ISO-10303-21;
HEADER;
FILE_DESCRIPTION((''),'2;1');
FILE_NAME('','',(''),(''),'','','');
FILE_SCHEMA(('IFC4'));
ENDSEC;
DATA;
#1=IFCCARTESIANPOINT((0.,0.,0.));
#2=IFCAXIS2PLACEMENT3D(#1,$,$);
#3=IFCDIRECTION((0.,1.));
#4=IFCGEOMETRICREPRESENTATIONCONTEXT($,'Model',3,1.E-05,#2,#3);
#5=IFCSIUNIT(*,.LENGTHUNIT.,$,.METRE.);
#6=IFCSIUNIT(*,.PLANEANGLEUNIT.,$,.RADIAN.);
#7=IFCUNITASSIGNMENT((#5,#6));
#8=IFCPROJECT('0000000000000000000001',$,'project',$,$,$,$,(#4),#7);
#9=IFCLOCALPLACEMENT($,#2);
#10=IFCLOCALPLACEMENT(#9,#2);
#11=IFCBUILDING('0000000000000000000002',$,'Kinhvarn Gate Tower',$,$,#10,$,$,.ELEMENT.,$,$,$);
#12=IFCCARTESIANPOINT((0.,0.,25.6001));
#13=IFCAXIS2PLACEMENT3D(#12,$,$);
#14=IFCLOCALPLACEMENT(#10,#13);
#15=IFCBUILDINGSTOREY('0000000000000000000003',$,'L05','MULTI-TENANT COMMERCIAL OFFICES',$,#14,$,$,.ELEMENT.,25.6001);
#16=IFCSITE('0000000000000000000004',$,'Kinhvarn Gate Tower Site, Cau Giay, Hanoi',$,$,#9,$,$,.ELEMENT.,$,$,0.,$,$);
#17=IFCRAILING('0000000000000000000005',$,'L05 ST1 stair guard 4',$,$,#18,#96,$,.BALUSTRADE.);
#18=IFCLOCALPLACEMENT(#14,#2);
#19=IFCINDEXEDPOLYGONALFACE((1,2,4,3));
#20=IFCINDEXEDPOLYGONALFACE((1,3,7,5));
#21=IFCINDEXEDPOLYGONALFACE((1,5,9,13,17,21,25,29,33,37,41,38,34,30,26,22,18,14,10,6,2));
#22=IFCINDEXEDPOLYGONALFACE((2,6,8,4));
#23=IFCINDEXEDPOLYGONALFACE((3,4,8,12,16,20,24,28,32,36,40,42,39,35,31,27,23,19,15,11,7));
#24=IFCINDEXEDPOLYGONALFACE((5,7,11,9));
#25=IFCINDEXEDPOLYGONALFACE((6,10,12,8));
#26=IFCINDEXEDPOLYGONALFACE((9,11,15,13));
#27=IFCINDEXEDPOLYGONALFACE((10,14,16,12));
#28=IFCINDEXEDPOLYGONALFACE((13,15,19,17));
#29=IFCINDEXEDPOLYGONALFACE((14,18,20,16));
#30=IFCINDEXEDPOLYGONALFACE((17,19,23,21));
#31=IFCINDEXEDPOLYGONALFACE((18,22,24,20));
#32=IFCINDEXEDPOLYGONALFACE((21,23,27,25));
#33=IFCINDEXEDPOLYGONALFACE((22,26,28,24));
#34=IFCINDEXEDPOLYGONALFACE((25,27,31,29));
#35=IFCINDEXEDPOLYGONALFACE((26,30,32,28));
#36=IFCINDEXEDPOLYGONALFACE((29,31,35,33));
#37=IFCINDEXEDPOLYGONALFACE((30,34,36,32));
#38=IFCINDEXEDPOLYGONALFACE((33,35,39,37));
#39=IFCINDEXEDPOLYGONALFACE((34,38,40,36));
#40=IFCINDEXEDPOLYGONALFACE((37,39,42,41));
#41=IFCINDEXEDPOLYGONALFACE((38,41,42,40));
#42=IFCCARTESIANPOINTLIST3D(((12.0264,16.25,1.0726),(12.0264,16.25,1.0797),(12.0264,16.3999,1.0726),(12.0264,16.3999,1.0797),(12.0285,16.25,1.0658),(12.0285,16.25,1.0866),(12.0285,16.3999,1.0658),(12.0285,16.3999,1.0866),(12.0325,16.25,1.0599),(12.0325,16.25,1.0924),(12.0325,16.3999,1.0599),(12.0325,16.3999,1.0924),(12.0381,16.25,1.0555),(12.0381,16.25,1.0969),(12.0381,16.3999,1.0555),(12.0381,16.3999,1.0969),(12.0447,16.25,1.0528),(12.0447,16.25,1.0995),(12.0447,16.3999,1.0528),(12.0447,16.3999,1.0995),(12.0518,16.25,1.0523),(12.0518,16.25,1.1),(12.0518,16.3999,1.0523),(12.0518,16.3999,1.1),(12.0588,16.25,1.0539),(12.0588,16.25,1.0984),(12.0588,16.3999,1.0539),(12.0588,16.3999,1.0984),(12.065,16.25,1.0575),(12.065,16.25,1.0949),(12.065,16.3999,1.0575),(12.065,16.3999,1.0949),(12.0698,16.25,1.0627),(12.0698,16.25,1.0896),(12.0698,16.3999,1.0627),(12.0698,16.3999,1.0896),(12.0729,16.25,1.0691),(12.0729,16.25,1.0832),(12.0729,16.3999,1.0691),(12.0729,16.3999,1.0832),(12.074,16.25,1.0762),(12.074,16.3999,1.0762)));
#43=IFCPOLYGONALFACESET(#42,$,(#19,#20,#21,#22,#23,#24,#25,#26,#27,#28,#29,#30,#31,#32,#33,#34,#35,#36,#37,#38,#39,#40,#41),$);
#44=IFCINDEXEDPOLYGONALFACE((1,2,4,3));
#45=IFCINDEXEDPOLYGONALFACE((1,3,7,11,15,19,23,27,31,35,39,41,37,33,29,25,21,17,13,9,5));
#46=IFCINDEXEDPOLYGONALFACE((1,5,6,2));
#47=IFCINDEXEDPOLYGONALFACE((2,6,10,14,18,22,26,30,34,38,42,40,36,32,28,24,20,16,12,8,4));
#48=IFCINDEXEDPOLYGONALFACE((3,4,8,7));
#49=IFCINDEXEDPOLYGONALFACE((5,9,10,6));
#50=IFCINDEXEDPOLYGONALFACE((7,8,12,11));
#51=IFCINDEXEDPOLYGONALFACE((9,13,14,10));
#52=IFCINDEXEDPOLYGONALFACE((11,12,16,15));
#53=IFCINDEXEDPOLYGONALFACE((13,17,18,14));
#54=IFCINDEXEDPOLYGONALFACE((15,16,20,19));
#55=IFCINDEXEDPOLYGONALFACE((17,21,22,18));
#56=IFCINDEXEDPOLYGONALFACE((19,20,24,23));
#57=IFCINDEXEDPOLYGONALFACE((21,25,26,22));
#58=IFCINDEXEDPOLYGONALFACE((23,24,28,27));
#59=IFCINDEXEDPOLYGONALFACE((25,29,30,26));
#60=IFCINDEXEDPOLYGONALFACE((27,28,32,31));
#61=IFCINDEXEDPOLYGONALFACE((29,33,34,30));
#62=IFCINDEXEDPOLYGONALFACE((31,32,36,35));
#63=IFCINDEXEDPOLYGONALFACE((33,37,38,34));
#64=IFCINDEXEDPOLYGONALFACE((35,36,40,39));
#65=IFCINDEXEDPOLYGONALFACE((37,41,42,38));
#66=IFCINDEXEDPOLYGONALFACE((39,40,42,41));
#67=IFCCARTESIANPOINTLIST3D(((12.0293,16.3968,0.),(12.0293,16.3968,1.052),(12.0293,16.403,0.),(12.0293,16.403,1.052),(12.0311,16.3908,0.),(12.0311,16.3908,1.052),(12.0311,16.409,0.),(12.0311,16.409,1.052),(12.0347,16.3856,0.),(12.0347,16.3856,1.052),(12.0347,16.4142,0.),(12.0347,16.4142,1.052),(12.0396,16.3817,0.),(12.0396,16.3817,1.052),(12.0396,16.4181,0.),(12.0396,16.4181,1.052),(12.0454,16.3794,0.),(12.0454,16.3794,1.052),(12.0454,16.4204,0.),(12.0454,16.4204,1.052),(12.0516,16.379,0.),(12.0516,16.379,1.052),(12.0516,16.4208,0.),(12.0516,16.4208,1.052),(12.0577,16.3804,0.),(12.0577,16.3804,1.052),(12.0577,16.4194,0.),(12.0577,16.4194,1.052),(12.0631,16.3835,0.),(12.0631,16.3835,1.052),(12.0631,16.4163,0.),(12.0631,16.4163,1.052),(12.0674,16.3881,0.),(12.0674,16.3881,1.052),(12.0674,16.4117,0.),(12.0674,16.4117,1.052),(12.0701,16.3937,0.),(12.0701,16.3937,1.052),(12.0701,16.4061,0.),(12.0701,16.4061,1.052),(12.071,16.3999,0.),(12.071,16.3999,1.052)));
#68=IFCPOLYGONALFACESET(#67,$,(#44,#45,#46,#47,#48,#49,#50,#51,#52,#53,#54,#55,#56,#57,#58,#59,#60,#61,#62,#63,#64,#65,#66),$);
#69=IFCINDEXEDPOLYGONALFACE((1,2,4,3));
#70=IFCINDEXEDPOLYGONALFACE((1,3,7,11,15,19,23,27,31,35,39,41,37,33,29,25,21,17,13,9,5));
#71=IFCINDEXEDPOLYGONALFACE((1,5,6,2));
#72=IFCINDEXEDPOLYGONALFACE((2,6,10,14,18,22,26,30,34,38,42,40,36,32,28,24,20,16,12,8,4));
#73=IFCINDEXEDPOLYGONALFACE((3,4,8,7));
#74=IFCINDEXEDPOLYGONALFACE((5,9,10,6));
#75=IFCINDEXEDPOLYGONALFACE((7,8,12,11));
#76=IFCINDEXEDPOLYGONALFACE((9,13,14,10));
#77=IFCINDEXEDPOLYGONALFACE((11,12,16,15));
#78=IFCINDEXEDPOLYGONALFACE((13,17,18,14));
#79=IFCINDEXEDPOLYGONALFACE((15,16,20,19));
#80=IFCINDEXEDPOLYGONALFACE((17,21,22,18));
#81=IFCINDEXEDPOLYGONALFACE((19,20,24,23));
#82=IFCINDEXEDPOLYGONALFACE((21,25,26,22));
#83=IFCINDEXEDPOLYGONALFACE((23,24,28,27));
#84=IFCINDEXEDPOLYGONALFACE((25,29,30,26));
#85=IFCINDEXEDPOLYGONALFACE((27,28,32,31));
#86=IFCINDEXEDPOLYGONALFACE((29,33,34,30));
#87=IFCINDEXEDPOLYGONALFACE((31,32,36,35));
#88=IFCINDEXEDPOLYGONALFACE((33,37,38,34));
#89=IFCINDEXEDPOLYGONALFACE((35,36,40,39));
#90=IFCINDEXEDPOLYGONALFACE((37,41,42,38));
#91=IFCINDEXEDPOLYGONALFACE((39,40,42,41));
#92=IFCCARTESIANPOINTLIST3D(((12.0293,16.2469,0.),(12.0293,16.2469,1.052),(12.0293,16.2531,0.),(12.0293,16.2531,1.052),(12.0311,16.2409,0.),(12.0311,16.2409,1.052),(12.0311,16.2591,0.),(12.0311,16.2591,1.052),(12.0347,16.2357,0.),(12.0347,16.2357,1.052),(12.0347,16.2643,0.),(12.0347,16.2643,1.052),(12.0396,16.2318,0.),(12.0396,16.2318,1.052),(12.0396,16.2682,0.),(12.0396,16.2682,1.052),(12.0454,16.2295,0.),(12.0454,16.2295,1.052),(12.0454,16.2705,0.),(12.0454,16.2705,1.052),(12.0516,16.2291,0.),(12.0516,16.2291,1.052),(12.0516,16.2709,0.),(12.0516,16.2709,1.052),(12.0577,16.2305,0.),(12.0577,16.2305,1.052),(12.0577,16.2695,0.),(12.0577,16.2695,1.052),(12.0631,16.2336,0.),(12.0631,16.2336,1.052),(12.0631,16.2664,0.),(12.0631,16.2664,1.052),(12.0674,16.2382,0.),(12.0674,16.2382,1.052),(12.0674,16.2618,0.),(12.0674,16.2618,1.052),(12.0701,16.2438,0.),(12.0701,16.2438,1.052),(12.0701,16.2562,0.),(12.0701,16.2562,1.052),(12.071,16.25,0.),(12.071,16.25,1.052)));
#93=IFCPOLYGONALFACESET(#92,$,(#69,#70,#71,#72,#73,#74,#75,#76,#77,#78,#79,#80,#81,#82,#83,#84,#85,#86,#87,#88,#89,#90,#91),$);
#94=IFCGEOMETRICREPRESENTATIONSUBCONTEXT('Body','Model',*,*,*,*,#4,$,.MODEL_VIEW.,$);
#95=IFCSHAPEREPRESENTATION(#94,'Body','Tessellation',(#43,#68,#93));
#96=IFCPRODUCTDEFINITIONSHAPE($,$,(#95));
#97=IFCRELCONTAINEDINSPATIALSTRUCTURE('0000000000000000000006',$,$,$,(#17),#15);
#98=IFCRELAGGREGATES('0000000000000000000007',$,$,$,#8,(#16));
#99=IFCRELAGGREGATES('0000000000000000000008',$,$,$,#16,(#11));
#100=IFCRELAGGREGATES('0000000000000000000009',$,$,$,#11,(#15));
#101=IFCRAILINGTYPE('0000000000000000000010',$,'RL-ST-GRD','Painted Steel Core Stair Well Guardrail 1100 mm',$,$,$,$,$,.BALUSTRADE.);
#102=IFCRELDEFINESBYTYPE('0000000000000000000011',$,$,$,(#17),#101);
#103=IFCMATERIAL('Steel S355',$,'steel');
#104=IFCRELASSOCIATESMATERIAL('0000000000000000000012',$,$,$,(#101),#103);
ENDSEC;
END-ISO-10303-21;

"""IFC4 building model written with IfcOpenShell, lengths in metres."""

from ifc_helpers import new_model, si_unit, direction, frame, origin, origin_2d, place, context, subcontext, project, spatial, circle, extrude, material, type_object, element, save


model = new_model("IFC4")

# Units and contexts
model_context = context("Model", 3, precision=1e-05, world=origin(), true_north=direction((0.0, 1.0)))
body_context = subcontext(model_context, "Body", "Model", "MODEL_VIEW")
ifc_project = project(units=[si_unit("LENGTHUNIT", "METRE"), si_unit("PLANEANGLEUNIT", "RADIAN")], contexts=[model_context])

# Site, building, storey
site_placement = place(None, origin())
site = spatial("IfcSite", under=ifc_project, at=site_placement, Name="Kinhvarn Gate Tower Site, Cau Giay, Hanoi", CompositionType="ELEMENT", RefElevation=0.0)
building_placement = place(site_placement, origin())
building = spatial("IfcBuilding", under=site, at=building_placement, Name="Kinhvarn Gate Tower", CompositionType="ELEMENT")
storey_placement = place(building_placement, frame((0.0, 0.0, 25.6001)))
storey = spatial("IfcBuildingStorey", under=building, at=storey_placement, Name="L05", Description="MULTI-TENANT COMMERCIAL OFFICES", CompositionType="ELEMENT", Elevation=25.6001)

# Shared definitions
ifc_material_1 = material(Name="Steel S355", Category="steel")

# Railing
railing_type_1 = type_object("IfcRailingType", Name="RL-ST-GRD", Description="Painted Steel Core Stair Well Guardrail 1100 mm", PredefinedType="BALUSTRADE", material=ifc_material_1)
railing_1_placement = place(storey_placement, frame((12.05, 16.3999, 0.0)))
element("IfcRailing", 1, at=railing_1_placement, inside=storey, type_object=railing_type_1, Name="L05 ST1 stair guard 4", PredefinedType="BALUSTRADE", context=body_context, shape_type="SweptSolid", body=[
    extrude(circle(Radius=0.0239, at=origin_2d()), frame((0.0, 0.0, 1.0762), z_axis=(0.0, -1.0, 0.0), x_axis=(1.0, 0.0, 0.0)), (0.0, 0.0, 1.0), 0.1499),
    extrude(circle(Radius=0.021, at=origin_2d()), origin(), (0.0, 0.0, 1.0), 1.052),
    extrude(circle(Radius=0.021, at=origin_2d()), frame((0.0, -0.1499, 0.0)), (0.0, 0.0, 1.0), 1.052),
])

save(model, "model.ifc")
